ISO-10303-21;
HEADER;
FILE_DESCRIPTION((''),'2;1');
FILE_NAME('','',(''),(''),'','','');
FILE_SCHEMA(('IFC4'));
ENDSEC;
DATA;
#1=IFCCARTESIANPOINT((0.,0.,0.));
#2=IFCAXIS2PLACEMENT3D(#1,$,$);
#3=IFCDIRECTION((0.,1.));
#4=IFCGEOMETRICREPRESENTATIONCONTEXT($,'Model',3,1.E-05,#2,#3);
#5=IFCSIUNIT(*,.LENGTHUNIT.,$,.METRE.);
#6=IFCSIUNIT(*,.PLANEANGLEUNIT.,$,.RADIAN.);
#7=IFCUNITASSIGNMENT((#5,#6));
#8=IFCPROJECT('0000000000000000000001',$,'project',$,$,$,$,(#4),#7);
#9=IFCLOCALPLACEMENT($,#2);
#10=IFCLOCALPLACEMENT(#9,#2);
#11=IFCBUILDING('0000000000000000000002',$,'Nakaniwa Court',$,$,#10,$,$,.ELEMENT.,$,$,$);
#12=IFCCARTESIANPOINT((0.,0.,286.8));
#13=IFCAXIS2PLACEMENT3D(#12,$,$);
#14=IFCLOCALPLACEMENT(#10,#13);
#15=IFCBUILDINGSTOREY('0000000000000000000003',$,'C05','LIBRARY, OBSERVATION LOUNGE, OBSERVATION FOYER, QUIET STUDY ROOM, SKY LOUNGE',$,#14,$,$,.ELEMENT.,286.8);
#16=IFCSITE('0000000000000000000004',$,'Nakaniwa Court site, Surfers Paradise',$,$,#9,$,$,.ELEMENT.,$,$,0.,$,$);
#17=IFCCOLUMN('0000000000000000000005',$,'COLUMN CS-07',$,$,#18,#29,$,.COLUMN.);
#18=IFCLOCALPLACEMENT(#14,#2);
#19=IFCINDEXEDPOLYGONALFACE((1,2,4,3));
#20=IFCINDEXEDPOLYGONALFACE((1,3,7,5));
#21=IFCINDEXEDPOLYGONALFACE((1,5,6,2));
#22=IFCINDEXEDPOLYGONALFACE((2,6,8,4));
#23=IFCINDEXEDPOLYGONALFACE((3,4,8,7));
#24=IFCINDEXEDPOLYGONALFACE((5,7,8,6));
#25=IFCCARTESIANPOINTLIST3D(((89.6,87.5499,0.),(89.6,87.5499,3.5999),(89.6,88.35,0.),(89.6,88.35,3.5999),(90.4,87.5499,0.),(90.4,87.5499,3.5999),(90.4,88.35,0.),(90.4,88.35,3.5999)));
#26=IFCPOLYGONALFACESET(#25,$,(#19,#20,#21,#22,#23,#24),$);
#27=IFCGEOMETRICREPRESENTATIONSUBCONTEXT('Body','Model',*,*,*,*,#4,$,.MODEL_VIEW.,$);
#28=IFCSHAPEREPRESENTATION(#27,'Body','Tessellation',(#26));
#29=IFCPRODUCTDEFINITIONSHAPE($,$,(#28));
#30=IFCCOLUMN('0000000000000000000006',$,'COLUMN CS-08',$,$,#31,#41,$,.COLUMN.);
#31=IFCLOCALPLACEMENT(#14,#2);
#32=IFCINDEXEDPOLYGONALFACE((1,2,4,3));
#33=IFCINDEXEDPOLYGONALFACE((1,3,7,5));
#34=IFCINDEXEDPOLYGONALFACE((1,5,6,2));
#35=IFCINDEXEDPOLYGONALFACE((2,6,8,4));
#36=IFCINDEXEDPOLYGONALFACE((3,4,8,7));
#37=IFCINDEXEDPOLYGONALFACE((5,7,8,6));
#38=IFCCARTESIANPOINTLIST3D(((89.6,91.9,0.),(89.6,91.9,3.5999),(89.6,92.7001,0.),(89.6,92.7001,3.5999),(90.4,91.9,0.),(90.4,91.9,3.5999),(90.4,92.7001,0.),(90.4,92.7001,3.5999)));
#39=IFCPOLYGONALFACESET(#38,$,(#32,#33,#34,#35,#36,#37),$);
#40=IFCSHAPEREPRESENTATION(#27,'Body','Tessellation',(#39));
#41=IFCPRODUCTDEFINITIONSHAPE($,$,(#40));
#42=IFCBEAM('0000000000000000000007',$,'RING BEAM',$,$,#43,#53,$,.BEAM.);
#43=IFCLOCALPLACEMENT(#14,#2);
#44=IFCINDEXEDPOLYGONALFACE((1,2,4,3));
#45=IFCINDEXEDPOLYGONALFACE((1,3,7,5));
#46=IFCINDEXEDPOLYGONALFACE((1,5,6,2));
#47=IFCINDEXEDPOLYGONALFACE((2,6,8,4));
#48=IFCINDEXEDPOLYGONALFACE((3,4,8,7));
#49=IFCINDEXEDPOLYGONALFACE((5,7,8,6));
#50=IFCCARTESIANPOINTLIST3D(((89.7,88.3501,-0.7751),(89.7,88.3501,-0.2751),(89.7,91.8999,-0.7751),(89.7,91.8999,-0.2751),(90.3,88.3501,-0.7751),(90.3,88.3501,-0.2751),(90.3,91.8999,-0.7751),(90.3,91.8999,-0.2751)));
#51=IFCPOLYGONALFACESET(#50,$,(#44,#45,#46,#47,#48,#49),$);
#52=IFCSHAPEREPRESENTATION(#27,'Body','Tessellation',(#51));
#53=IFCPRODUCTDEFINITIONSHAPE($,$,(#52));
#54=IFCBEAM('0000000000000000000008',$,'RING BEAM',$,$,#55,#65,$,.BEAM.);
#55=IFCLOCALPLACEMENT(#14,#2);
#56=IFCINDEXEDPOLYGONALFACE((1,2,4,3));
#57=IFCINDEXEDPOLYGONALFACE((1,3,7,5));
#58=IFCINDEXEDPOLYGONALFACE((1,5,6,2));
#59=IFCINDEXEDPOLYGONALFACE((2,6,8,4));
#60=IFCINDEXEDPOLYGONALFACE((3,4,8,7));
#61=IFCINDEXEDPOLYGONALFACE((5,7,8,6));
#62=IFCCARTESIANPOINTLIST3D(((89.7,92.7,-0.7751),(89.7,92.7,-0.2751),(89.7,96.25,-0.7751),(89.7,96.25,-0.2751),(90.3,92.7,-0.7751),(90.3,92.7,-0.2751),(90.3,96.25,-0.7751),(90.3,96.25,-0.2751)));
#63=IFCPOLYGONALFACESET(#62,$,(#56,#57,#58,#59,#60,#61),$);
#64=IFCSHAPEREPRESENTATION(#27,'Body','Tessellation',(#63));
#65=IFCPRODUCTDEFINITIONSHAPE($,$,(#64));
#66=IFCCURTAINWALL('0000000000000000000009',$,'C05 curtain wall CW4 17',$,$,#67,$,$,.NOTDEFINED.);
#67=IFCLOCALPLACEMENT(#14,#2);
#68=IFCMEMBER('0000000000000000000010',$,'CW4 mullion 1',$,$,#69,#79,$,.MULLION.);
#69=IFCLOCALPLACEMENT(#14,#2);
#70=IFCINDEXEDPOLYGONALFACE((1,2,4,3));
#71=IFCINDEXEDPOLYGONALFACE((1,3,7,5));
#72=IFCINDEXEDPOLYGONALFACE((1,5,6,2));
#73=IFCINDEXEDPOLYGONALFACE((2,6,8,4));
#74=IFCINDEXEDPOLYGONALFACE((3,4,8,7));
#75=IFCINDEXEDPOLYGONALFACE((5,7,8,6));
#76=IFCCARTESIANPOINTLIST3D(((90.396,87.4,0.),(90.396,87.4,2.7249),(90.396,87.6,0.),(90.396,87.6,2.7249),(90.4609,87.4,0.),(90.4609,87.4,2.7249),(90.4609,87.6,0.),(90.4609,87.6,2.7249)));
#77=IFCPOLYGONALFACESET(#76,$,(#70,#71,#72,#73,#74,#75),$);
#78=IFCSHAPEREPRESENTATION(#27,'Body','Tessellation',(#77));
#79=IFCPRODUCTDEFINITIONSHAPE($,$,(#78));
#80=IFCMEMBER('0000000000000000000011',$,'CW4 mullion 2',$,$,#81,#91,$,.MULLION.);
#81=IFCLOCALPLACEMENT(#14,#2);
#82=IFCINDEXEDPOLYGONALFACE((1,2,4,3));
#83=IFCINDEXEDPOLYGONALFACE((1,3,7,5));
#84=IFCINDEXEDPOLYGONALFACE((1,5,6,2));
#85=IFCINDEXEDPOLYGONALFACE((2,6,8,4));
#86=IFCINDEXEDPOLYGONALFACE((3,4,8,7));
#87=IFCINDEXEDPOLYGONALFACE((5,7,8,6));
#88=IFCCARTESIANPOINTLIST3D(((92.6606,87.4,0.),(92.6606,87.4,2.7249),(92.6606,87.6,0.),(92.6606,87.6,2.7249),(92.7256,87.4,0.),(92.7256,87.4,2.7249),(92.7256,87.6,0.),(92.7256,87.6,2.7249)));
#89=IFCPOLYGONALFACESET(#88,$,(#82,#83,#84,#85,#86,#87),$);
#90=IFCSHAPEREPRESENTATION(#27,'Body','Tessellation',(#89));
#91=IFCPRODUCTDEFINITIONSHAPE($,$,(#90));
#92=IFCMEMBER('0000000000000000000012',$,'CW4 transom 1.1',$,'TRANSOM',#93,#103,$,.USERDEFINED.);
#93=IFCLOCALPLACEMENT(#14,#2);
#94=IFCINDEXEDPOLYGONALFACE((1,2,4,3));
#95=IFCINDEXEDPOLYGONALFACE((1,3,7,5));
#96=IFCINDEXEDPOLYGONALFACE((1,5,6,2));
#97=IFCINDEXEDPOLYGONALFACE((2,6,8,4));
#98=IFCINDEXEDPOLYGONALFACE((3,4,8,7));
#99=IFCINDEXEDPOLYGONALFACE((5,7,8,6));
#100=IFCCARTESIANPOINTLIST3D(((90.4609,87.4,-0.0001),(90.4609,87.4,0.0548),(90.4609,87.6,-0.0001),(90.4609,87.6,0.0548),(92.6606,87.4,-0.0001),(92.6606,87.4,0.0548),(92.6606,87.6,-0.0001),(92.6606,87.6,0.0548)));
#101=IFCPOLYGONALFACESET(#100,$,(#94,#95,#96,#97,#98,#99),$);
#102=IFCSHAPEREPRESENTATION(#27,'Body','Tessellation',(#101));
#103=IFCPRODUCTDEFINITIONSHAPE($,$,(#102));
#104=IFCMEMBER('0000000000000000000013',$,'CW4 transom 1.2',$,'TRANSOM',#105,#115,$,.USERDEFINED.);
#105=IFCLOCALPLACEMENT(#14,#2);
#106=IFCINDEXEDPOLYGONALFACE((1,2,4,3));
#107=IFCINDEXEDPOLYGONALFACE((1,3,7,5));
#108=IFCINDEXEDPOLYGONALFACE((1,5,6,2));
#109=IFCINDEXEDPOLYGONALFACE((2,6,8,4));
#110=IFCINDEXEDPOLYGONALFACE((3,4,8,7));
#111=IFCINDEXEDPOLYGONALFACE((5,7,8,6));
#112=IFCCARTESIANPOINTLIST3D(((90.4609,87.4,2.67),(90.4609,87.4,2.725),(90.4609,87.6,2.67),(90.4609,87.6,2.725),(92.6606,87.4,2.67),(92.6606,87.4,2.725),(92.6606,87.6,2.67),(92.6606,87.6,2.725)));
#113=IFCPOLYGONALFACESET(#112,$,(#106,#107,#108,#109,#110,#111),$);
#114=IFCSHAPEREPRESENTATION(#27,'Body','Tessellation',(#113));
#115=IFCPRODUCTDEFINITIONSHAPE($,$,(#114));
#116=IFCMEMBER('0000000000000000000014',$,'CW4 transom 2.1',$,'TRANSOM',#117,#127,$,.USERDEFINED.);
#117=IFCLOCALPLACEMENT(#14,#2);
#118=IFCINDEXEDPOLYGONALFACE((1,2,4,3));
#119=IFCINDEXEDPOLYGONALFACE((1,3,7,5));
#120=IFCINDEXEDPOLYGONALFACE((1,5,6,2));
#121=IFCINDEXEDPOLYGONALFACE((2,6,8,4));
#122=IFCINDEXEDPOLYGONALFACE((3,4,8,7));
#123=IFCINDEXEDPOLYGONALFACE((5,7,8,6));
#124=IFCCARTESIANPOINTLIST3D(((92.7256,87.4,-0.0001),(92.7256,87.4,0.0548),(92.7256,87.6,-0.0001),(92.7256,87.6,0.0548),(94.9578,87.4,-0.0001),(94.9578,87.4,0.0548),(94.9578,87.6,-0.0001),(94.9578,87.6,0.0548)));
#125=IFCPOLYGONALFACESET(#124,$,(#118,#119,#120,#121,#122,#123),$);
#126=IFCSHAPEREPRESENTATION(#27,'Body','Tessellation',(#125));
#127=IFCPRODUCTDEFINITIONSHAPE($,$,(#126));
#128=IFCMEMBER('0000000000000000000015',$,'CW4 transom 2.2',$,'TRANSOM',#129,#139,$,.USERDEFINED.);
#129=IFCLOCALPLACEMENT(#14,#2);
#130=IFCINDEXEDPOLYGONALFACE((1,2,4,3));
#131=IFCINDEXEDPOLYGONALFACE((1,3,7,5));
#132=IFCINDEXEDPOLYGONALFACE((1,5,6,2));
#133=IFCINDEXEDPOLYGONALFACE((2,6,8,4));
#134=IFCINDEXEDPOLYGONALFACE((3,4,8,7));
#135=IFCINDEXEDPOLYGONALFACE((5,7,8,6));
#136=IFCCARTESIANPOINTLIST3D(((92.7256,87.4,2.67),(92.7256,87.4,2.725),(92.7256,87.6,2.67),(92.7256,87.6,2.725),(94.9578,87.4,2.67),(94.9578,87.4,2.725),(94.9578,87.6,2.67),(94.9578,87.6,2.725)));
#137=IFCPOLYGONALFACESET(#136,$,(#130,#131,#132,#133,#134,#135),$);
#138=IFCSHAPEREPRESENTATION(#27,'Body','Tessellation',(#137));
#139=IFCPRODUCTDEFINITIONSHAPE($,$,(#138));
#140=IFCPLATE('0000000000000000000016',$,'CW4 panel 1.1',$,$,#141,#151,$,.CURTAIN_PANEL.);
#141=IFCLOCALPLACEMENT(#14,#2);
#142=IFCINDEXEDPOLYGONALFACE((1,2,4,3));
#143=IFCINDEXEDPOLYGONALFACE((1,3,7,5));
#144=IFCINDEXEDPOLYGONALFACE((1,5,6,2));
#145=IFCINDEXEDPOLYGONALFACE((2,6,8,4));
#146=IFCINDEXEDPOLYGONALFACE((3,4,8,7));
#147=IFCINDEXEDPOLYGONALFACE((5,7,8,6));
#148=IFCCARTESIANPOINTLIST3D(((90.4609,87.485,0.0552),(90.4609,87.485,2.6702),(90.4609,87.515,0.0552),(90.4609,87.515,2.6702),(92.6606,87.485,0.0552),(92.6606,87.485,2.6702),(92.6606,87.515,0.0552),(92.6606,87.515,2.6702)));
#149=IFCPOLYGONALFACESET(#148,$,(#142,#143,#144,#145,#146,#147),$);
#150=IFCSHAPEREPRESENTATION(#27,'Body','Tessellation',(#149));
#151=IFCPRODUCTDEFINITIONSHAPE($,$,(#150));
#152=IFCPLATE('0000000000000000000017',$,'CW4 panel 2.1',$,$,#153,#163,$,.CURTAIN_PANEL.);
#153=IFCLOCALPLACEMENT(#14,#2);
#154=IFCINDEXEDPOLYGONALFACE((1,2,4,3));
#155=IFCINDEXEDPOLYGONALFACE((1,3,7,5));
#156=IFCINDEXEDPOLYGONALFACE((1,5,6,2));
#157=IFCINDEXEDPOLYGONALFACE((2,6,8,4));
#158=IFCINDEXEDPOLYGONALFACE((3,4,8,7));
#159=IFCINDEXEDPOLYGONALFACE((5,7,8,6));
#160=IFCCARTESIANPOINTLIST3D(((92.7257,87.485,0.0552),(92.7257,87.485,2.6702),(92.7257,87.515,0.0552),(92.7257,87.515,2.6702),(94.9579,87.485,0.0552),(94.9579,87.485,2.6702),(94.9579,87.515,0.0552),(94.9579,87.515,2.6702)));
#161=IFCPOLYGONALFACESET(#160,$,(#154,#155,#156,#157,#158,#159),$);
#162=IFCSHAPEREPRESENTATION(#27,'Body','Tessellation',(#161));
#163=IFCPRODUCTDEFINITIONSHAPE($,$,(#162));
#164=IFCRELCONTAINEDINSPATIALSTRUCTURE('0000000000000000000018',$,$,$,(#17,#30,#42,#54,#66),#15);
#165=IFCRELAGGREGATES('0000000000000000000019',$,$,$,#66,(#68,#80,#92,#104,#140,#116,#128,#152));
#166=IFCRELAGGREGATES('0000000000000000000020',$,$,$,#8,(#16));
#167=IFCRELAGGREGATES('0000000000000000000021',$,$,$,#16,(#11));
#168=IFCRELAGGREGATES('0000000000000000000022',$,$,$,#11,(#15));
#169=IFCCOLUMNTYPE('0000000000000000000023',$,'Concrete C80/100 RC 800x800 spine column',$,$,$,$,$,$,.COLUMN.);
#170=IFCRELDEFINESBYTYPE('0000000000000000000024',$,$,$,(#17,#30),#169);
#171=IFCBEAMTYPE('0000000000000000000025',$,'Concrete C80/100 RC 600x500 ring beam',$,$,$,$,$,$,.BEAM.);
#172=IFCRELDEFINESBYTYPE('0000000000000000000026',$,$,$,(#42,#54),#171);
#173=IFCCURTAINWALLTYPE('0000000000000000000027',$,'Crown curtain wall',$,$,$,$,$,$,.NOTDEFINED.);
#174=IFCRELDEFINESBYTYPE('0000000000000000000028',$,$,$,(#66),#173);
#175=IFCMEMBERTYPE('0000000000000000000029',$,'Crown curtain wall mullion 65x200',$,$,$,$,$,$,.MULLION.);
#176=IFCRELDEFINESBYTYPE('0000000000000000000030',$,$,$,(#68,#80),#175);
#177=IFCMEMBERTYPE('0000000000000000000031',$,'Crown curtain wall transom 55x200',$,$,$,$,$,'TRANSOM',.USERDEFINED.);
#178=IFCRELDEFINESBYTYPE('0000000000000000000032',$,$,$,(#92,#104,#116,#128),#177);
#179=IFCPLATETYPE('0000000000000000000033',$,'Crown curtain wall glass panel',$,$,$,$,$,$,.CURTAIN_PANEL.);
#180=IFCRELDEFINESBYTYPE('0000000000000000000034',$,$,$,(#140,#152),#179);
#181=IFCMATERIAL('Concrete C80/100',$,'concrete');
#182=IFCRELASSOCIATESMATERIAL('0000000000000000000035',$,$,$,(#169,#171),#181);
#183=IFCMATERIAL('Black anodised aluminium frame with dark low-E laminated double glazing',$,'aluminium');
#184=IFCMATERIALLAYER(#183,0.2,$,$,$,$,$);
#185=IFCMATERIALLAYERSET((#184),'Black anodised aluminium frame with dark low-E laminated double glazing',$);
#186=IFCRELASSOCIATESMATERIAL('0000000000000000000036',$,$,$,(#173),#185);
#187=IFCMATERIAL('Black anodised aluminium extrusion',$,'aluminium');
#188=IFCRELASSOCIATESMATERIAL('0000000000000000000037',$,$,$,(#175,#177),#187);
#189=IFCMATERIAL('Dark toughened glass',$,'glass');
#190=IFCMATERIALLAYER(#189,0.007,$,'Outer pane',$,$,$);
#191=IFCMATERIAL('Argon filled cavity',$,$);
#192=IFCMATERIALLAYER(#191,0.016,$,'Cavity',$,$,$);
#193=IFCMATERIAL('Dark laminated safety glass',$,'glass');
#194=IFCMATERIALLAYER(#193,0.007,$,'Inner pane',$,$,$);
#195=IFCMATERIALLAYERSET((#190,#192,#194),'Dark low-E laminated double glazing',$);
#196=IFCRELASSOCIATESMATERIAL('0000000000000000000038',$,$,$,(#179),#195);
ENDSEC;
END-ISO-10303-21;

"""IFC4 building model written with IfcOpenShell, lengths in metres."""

from ifc_helpers import new_model, si_unit, direction, frame, origin, origin_2d, place, context, subcontext, project, spatial, rectangle, extrude, material, layer, layer_set, material_profile, profile_set, type_object, element, aggregate, save


model = new_model("IFC4")

# Units and contexts
model_context = context("Model", 3, precision=1e-05, world=origin(), true_north=direction((0.0, 1.0)))
body_context = subcontext(model_context, "Body", "Model", "MODEL_VIEW")
ifc_project = project(units=[si_unit("LENGTHUNIT", "METRE"), si_unit("PLANEANGLEUNIT", "RADIAN")], contexts=[model_context])

# Site, building, storey
site_placement = place(None, origin())
site = spatial("IfcSite", under=ifc_project, at=site_placement, Name="Nakaniwa Court site, Surfers Paradise", CompositionType="ELEMENT", RefElevation=0.0)
building_placement = place(site_placement, origin())
building = spatial("IfcBuilding", under=site, at=building_placement, Name="Nakaniwa Court", CompositionType="ELEMENT")
storey_placement = place(building_placement, frame((0.0, 0.0, 286.8)))
storey = spatial("IfcBuildingStorey", under=building, at=storey_placement, Name="C05", Description="LIBRARY, OBSERVATION LOUNGE, OBSERVATION FOYER, QUIET STUDY ROOM, SKY LOUNGE", CompositionType="ELEMENT", Elevation=286.8)

# Columns
ifc_material_1 = material(Name="Concrete C80/100", Category="concrete")
ifc_material_profile_1 = material_profile(ifc_material_1, rectangle(XDim=0.8, YDim=0.8, at=origin_2d()), Name="Concrete C80/100 RC 800x800 spine column")
ifc_profile_set_1 = profile_set([ifc_material_profile_1], Name="Concrete C80/100")
column_type = type_object("IfcColumnType", Name="Concrete C80/100 RC 800x800 spine column", PredefinedType="COLUMN", material=ifc_profile_set_1)
for number, where, z_axis, x_axis, name in (
    (1, (90.0, 87.95, 0.0), (0.0, 0.0, 1.0), (0.0, 1.0, 0.0), "COLUMN CS-07"),
    (2, (90.0, 92.3, 0.0), (0.0, 0.0, 1.0), (0.0, 1.0, 0.0), "COLUMN CS-08"),
):
    element("IfcColumn", number, at=place(storey_placement, frame(where, z_axis=z_axis, x_axis=x_axis)), inside=storey, type_object=column_type, Name=name, PredefinedType="COLUMN", context=body_context, shape_type="SweptSolid", body=[
        extrude(rectangle(XDim=0.8, YDim=0.8, at=origin_2d()), origin(), (0.0, 0.0, 1.0), 3.5999),
    ])

# Beams
ifc_material_profile_2 = material_profile(ifc_material_1, rectangle(XDim=0.6001, YDim=0.5, at=origin_2d()), Name="Concrete C80/100 RC 600x500 ring beam")
ifc_profile_set_2 = profile_set([ifc_material_profile_2], Name="Concrete C80/100")
beam_type = type_object("IfcBeamType", Name="Concrete C80/100 RC 600x500 ring beam", PredefinedType="BEAM", material=ifc_profile_set_2)
beam_1_placement = place(storey_placement, frame((90.0, 88.3501, -0.5251), z_axis=(0.0, 1.0, 0.0), x_axis=(-1.0, 0.0, 0.0)))
element("IfcBeam", 3, at=beam_1_placement, inside=storey, type_object=beam_type, Name="RING BEAM", PredefinedType="BEAM", context=body_context, shape_type="SweptSolid", body=[
    extrude(rectangle(XDim=0.6001, YDim=0.5, at=origin_2d()), origin(), (0.0, 0.0, 1.0), 3.5498),
])
beam_2_placement = place(storey_placement, frame((90.0, 92.7, -0.5251), z_axis=(0.0, 1.0, 0.0), x_axis=(-1.0, 0.0, 0.0)))
element("IfcBeam", 4, at=beam_2_placement, inside=storey, type_object=beam_type, Name="RING BEAM", PredefinedType="BEAM", context=body_context, shape_type="SweptSolid", body=[
    extrude(rectangle(XDim=0.6001, YDim=0.5, at=origin_2d()), origin(), (0.0, 0.0, 1.0), 3.55),
])

# Curtain wall, members, plates
ifc_material_2 = material(Name="Black anodised aluminium frame with dark low-E laminated double glazing", Category="aluminium")
ifc_layer_1 = layer(ifc_material_2, 0.2)
ifc_layer_set_1 = layer_set([ifc_layer_1], Name="Black anodised aluminium frame with dark low-E laminated double glazing")
curtain_wall_type = type_object("IfcCurtainWallType", Name="Crown curtain wall", PredefinedType="NOTDEFINED", material=ifc_layer_set_1)
curtain_wall_placement = place(storey_placement, origin())
curtain_wall = element("IfcCurtainWall", 5, at=curtain_wall_placement, inside=storey, type_object=curtain_wall_type, Name="C05 curtain wall CW4 17", PredefinedType="NOTDEFINED")
ifc_material_3 = material(Name="Black anodised aluminium extrusion", Category="aluminium")
ifc_material_profile_3 = material_profile(ifc_material_3, rectangle(XDim=0.2, YDim=0.0649, at=origin_2d()), Name="Crown curtain wall mullion 65x200")
ifc_profile_set_3 = profile_set([ifc_material_profile_3], Name="Black anodised aluminium extrusion")
member_type_1 = type_object("IfcMemberType", Name="Crown curtain wall mullion 65x200", PredefinedType="MULLION", material=ifc_profile_set_3)
member_1_placement = place(storey_placement, frame((90.4285, 87.5, 0.0), z_axis=(0.0, 0.0, 1.0), x_axis=(0.0, 1.0, 0.0)))
member_1 = element("IfcMember", 6, at=member_1_placement, type_object=member_type_1, Name="CW4 mullion 1", PredefinedType="MULLION", context=body_context, shape_type="SweptSolid", body=[
    extrude(rectangle(XDim=0.2, YDim=0.0649, at=origin_2d()), origin(), (0.0, 0.0, 1.0), 2.7249),
])
member_2_placement = place(storey_placement, frame((92.6931, 87.5, 0.0), z_axis=(0.0, 0.0, 1.0), x_axis=(0.0, 1.0, 0.0)))
member_2 = element("IfcMember", 7, at=member_2_placement, type_object=member_type_1, Name="CW4 mullion 2", PredefinedType="MULLION", context=body_context, shape_type="SweptSolid", body=[
    extrude(rectangle(XDim=0.2, YDim=0.0649, at=origin_2d()), origin(), (0.0, 0.0, 1.0), 2.7249),
])
ifc_material_profile_4 = material_profile(ifc_material_3, rectangle(XDim=0.2, YDim=0.0549, at=origin_2d()), Name="Crown curtain wall transom 55x200")
ifc_profile_set_4 = profile_set([ifc_material_profile_4], Name="Black anodised aluminium extrusion")
member_type_2 = type_object("IfcMemberType", Name="Crown curtain wall transom 55x200", ElementType="TRANSOM", PredefinedType="USERDEFINED", material=ifc_profile_set_4)
member_3_placement = place(storey_placement, frame((90.4609, 87.5, 0.0273), z_axis=(1.0, 0.0, 0.0), x_axis=(0.0, 1.0, 0.0)))
member_3 = element("IfcMember", 8, at=member_3_placement, type_object=member_type_2, Name="CW4 transom 1.1", ObjectType="TRANSOM", PredefinedType="USERDEFINED", context=body_context, shape_type="SweptSolid", body=[
    extrude(rectangle(XDim=0.2, YDim=0.0549, at=origin_2d()), origin(), (0.0, 0.0, 1.0), 2.1997),
])
member_4_placement = place(storey_placement, frame((90.4609, 87.5, 2.6975), z_axis=(1.0, 0.0, 0.0), x_axis=(0.0, 1.0, 0.0)))
member_4 = element("IfcMember", 9, at=member_4_placement, type_object=member_type_2, Name="CW4 transom 1.2", ObjectType="TRANSOM", PredefinedType="USERDEFINED", context=body_context, shape_type="SweptSolid", body=[
    extrude(rectangle(XDim=0.2, YDim=0.0549, at=origin_2d()), origin(), (0.0, 0.0, 1.0), 2.1997),
])
member_5_placement = place(storey_placement, frame((92.7256, 87.5, 0.0273), z_axis=(1.0, 0.0, 0.0), x_axis=(0.0, 1.0, 0.0)))
member_5 = element("IfcMember", 10, at=member_5_placement, type_object=member_type_2, Name="CW4 transom 2.1", ObjectType="TRANSOM", PredefinedType="USERDEFINED", context=body_context, shape_type="SweptSolid", body=[
    extrude(rectangle(XDim=0.2, YDim=0.0549, at=origin_2d()), origin(), (0.0, 0.0, 1.0), 2.2322),
])
member_6_placement = place(storey_placement, frame((92.7256, 87.5, 2.6975), z_axis=(1.0, 0.0, 0.0), x_axis=(0.0, 1.0, 0.0)))
member_6 = element("IfcMember", 11, at=member_6_placement, type_object=member_type_2, Name="CW4 transom 2.2", ObjectType="TRANSOM", PredefinedType="USERDEFINED", context=body_context, shape_type="SweptSolid", body=[
    extrude(rectangle(XDim=0.2, YDim=0.0549, at=origin_2d()), origin(), (0.0, 0.0, 1.0), 2.2322),
])
ifc_material_4 = material(Name="Dark toughened glass", Category="glass")
ifc_layer_2 = layer(ifc_material_4, 0.007, Name="Outer pane")
ifc_material_5 = material(Name="Argon filled cavity")
ifc_layer_3 = layer(ifc_material_5, 0.016, Name="Cavity")
ifc_material_6 = material(Name="Dark laminated safety glass", Category="glass")
ifc_layer_4 = layer(ifc_material_6, 0.007, Name="Inner pane")
ifc_layer_set_2 = layer_set([ifc_layer_2, ifc_layer_3, ifc_layer_4], Name="Dark low-E laminated double glazing")
plate_type = type_object("IfcPlateType", Name="Crown curtain wall glass panel", PredefinedType="CURTAIN_PANEL", material=ifc_layer_set_2)
plate_1_placement = place(storey_placement, frame((91.5608, 87.5, 0.0552), z_axis=(0.0, 0.0, 1.0), x_axis=(1.0, 0.0, 0.0)))
plate_1 = element("IfcPlate", 12, at=plate_1_placement, type_object=plate_type, Name="CW4 panel 1.1", PredefinedType="CURTAIN_PANEL", context=body_context, shape_type="SweptSolid", body=[
    extrude(rectangle(XDim=2.1997, YDim=0.03, at=origin_2d()), origin(), (0.0, 0.0, 1.0), 2.615),
])
plate_2_placement = place(storey_placement, frame((93.8418, 87.5, 0.0552), z_axis=(0.0, 0.0, 1.0), x_axis=(1.0, 0.0, 0.0)))
plate_2 = element("IfcPlate", 13, at=plate_2_placement, type_object=plate_type, Name="CW4 panel 2.1", PredefinedType="CURTAIN_PANEL", context=body_context, shape_type="SweptSolid", body=[
    extrude(rectangle(XDim=2.2322, YDim=0.03, at=origin_2d()), origin(), (0.0, 0.0, 1.0), 2.615),
])
aggregate(curtain_wall, [member_1, member_2, member_3, member_4, plate_1, member_5, member_6, plate_2])

save(model, "model.ifc")
